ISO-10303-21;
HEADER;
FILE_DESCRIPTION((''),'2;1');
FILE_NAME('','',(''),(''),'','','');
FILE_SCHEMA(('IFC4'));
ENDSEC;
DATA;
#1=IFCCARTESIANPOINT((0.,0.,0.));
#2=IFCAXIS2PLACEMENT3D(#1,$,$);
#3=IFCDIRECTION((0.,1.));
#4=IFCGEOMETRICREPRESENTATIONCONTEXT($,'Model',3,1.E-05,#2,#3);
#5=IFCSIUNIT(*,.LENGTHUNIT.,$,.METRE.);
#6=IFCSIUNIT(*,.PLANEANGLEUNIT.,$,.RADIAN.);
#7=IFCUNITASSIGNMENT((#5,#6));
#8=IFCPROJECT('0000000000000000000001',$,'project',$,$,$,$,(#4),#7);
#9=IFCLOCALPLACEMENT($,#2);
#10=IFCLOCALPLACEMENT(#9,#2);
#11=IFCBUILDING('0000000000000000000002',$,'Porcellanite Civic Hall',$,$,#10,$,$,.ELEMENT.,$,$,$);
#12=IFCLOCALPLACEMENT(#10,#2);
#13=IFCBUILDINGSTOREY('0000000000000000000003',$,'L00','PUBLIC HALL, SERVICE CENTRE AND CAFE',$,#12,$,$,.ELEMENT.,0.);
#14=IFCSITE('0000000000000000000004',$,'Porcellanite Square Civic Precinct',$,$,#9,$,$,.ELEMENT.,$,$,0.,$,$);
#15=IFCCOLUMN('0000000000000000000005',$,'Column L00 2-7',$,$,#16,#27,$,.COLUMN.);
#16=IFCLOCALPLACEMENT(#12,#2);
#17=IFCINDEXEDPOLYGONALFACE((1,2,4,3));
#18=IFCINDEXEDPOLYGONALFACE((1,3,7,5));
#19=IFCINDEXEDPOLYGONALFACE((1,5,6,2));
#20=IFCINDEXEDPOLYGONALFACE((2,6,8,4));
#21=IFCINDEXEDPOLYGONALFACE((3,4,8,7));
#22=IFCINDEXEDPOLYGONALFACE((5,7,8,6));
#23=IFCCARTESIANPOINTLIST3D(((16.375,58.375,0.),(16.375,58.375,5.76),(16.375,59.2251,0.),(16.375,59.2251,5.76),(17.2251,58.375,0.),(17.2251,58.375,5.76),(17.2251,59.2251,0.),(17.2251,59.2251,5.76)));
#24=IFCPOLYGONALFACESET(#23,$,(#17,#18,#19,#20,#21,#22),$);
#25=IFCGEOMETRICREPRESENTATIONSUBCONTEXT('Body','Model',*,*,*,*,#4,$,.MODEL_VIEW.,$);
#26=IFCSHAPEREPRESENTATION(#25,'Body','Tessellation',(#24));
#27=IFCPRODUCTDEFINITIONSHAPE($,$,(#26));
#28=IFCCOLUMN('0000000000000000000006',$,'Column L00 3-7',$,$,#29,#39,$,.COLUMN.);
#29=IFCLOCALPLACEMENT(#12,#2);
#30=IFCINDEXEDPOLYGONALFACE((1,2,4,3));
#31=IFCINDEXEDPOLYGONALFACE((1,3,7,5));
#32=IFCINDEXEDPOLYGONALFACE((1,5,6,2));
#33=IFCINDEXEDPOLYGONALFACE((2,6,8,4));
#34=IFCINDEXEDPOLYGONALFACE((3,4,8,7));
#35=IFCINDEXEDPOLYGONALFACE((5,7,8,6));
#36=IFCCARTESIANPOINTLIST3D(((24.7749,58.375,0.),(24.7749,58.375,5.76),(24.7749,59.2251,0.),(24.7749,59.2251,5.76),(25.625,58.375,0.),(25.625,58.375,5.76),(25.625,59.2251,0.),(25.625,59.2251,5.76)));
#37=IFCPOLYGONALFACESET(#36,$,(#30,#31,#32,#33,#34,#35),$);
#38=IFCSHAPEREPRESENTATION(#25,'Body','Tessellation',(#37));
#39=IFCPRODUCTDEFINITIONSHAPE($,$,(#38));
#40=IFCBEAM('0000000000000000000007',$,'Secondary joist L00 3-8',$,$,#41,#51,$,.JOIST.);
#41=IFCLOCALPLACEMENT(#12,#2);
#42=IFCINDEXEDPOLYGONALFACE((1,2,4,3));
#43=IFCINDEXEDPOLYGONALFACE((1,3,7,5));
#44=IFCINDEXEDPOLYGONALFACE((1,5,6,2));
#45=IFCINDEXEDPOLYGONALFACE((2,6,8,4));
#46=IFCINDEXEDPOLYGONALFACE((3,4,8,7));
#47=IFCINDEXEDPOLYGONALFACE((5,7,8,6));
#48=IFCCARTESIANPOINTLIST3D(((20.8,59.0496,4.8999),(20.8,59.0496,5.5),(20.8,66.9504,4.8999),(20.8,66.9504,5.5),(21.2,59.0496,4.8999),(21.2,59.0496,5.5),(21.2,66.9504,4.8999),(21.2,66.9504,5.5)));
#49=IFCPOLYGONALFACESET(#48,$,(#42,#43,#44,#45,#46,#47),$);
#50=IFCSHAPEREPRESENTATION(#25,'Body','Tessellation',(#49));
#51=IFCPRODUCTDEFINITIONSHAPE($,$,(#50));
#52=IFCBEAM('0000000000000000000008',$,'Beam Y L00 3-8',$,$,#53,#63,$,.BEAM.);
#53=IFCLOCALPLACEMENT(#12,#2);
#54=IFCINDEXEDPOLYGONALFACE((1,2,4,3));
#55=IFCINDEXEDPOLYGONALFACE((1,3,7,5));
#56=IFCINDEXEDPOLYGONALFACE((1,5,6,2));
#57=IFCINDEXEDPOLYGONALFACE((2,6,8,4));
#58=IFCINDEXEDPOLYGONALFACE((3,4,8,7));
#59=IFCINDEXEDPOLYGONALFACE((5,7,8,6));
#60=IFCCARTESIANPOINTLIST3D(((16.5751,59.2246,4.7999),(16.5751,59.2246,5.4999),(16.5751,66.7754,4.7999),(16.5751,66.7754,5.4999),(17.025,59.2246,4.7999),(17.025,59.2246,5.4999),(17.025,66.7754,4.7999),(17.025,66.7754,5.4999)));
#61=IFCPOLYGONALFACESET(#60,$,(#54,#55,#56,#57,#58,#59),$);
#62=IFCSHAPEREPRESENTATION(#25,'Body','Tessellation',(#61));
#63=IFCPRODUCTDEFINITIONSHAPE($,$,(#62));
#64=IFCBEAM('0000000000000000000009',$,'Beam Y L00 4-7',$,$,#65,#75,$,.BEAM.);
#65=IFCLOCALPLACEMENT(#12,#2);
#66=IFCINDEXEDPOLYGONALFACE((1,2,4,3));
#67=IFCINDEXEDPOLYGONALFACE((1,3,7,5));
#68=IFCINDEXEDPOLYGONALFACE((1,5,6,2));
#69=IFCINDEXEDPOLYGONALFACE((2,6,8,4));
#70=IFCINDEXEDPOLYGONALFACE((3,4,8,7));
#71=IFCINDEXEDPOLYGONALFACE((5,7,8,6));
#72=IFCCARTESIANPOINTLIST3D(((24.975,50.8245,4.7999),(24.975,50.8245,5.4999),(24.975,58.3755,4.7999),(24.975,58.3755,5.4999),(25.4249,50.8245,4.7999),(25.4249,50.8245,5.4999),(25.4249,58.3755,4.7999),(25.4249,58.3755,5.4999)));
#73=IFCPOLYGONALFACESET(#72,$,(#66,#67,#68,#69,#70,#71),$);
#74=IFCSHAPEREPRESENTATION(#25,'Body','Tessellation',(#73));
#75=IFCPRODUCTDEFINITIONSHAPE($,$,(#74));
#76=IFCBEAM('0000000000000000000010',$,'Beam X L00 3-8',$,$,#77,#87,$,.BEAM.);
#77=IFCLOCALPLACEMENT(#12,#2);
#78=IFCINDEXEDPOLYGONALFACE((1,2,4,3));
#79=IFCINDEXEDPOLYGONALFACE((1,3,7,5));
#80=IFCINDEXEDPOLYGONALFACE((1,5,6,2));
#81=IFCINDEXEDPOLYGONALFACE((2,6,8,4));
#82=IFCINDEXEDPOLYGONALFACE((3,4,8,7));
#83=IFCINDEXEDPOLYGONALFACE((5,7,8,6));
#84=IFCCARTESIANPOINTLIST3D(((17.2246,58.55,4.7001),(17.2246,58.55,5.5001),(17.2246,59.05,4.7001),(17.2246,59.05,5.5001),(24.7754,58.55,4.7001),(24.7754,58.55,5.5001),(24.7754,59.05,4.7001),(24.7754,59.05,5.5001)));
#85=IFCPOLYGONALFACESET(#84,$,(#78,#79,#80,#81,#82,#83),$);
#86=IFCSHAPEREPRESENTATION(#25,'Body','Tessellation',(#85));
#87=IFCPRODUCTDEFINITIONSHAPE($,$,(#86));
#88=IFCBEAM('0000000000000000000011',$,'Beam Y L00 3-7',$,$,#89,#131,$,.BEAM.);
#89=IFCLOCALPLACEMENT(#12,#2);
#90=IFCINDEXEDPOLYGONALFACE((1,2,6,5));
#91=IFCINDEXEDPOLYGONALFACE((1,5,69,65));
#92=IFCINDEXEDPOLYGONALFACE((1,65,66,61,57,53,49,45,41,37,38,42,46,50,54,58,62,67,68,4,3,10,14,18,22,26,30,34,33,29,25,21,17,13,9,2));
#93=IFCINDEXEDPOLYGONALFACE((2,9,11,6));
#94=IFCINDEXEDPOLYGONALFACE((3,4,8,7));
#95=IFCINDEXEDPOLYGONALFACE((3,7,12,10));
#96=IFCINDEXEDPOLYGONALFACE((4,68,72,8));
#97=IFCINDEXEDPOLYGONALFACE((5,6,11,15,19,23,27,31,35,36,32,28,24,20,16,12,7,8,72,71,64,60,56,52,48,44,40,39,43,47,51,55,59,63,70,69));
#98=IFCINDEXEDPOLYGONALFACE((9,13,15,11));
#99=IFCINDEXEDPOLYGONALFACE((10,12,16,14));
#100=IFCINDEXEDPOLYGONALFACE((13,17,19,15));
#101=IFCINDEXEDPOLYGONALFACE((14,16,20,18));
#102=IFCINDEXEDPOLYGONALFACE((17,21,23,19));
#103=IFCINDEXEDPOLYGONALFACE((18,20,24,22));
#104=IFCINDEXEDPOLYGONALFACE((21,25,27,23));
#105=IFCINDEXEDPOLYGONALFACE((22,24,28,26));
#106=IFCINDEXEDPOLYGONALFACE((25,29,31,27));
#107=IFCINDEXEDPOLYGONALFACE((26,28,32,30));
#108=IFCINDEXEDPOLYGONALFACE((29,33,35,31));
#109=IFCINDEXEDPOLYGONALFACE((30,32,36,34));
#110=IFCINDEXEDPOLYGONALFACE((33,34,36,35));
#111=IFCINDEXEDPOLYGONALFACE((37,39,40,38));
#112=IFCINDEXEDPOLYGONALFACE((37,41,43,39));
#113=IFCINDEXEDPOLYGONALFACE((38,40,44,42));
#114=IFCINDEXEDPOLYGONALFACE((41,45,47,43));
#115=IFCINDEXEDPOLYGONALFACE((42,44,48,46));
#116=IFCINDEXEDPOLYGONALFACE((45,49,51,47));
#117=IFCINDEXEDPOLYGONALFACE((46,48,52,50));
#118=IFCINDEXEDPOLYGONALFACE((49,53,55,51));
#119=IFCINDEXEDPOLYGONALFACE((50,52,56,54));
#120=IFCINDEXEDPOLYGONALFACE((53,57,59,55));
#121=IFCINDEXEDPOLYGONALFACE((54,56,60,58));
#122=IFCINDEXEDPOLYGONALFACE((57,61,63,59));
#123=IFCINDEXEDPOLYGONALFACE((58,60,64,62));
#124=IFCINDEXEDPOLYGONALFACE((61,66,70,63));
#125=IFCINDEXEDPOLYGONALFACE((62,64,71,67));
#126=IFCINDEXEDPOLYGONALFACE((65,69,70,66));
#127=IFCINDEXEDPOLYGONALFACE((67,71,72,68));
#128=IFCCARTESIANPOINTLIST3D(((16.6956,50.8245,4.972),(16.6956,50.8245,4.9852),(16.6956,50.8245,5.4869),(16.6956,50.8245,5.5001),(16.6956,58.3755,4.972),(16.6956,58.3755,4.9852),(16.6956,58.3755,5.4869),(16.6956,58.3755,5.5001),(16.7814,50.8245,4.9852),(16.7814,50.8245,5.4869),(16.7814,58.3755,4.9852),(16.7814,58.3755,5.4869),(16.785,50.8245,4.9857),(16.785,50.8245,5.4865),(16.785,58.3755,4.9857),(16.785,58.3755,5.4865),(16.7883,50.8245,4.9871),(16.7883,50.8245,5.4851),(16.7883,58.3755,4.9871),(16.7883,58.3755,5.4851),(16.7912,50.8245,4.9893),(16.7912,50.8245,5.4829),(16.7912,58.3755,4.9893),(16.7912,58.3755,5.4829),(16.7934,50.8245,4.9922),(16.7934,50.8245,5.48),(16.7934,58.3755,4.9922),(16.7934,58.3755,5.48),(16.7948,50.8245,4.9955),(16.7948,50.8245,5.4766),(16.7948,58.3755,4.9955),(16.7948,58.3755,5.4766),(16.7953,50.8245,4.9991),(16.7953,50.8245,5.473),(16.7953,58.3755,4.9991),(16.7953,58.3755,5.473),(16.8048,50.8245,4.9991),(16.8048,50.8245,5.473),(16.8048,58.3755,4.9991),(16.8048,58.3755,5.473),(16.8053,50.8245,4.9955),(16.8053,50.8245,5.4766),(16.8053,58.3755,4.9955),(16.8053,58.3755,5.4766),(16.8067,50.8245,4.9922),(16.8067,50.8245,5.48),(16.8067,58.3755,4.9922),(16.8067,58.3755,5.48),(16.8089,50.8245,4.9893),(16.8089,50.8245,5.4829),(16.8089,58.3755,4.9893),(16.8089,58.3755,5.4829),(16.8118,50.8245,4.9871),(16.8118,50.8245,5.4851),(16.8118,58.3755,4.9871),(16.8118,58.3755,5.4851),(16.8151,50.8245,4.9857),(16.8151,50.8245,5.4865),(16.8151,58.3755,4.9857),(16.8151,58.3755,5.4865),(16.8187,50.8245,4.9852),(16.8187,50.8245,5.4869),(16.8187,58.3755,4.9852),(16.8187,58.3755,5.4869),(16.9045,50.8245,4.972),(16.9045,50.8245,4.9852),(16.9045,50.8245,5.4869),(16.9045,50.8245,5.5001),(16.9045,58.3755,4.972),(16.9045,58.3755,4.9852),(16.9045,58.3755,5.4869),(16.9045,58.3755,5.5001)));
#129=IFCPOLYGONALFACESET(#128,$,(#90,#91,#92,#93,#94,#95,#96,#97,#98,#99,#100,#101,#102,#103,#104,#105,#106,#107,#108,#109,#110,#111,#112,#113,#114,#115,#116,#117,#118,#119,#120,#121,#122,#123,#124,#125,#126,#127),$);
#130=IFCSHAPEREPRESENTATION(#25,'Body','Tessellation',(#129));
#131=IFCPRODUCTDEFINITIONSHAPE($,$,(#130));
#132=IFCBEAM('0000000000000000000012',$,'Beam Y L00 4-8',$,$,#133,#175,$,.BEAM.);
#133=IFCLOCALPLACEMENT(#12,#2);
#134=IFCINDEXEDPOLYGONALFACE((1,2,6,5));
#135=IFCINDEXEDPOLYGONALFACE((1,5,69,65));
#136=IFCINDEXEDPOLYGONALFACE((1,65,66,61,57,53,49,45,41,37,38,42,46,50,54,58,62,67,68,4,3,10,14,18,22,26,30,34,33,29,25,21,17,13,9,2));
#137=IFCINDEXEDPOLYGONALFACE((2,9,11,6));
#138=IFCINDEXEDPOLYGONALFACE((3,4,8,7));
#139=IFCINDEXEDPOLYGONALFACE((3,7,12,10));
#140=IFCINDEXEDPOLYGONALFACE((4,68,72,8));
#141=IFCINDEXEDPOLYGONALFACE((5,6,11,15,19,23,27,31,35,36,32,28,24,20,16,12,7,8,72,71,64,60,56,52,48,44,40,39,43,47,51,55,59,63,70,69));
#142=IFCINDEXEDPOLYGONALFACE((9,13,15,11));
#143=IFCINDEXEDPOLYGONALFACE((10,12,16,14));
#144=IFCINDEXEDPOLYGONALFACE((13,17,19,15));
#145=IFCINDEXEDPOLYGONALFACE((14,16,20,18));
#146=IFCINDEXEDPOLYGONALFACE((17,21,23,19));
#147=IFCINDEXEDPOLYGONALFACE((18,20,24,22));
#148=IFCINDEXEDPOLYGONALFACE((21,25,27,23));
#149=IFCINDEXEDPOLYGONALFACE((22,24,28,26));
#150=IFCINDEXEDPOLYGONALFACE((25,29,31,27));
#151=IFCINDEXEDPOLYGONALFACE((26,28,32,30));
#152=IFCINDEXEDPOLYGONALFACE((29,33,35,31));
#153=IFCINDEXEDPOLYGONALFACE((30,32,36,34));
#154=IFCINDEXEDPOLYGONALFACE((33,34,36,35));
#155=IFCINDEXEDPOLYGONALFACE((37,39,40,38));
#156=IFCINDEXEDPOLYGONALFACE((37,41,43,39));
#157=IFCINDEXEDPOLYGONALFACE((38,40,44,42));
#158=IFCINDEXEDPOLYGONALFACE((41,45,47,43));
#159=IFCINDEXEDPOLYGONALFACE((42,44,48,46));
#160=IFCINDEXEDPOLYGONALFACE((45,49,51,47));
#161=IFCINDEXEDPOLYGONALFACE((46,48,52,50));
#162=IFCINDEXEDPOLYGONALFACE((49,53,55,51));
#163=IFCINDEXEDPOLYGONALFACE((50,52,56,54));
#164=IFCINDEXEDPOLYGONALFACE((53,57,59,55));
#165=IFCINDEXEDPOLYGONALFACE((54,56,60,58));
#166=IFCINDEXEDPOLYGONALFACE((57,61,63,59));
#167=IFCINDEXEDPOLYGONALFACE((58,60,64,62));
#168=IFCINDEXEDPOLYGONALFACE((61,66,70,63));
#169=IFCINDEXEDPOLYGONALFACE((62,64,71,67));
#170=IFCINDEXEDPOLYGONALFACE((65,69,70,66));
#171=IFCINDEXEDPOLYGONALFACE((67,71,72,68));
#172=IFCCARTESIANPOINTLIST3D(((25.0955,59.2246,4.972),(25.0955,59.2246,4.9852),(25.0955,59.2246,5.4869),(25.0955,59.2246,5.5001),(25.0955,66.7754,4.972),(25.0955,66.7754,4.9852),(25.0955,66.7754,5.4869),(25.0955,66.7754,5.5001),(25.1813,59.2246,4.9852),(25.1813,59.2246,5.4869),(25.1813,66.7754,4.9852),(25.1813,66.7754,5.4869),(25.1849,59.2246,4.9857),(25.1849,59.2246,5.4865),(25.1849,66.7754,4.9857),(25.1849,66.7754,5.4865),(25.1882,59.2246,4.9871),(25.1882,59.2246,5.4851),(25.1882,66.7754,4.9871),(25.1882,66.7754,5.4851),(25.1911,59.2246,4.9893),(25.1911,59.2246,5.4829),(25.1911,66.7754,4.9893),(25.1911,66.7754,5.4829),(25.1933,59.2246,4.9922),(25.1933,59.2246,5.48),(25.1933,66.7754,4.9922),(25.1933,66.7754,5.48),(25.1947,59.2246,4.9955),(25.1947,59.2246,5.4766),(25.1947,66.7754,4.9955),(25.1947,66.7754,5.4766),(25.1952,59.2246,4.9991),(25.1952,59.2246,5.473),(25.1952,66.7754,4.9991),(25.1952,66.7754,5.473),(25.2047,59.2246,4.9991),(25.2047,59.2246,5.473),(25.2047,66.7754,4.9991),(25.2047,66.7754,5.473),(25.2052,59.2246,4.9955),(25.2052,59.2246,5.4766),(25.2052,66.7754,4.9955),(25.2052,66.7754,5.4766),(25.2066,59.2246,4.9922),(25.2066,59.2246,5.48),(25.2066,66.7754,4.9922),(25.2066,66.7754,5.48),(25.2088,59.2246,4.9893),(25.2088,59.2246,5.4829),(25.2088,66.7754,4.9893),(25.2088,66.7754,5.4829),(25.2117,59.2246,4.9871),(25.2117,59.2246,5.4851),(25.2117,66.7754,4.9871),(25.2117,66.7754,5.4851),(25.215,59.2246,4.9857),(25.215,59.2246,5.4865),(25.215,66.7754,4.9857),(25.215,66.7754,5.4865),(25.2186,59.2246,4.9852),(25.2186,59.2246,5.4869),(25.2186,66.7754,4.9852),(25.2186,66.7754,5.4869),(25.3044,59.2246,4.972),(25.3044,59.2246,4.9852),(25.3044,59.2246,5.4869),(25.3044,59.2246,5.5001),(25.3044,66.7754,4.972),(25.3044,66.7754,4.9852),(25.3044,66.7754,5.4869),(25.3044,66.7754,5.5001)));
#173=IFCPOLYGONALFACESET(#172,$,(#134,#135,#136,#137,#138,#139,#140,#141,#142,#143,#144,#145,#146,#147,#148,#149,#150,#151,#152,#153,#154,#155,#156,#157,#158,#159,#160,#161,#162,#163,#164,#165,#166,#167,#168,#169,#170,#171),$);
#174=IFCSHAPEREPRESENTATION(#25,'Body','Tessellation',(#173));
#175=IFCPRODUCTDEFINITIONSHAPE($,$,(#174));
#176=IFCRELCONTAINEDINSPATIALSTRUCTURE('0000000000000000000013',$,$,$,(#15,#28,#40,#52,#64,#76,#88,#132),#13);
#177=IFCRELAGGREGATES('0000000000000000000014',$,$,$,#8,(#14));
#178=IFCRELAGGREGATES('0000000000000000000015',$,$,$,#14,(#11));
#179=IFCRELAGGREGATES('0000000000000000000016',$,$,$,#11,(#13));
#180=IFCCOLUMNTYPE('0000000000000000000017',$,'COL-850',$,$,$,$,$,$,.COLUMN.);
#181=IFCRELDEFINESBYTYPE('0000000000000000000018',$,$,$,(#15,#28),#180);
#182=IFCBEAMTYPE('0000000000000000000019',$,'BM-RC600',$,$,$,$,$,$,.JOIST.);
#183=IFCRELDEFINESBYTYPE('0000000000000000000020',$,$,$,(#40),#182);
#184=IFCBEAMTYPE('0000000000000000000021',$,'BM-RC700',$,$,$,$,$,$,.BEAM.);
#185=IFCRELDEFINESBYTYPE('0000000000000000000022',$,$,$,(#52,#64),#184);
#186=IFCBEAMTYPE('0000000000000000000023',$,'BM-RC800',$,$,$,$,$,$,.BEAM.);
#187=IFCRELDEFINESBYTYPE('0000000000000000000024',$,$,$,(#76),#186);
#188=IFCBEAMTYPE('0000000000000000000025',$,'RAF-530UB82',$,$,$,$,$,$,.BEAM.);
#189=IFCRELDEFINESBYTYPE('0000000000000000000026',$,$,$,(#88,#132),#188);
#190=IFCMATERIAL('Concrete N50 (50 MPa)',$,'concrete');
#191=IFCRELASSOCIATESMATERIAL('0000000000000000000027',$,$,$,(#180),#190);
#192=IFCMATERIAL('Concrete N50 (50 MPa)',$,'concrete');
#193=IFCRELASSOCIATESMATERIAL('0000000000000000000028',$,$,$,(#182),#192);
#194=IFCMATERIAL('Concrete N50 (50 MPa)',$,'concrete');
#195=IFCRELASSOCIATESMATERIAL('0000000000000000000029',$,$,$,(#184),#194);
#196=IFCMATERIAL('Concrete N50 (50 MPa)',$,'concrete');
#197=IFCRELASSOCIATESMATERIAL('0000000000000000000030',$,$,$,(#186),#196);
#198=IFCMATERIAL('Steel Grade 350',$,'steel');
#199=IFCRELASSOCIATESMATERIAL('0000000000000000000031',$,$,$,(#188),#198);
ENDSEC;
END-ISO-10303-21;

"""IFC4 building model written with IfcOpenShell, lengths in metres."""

from ifc_helpers import new_model, si_unit, direction, frame, origin, origin_2d, place, context, subcontext, project, spatial, rectangle, i_section, extrude, material, material_profile, profile_set, type_object, element, save


model = new_model("IFC4")

# Units and contexts
model_context = context("Model", 3, precision=1e-05, world=origin(), true_north=direction((0.0, 1.0)))
body_context = subcontext(model_context, "Body", "Model", "MODEL_VIEW")
ifc_project = project(units=[si_unit("LENGTHUNIT", "METRE"), si_unit("PLANEANGLEUNIT", "RADIAN")], contexts=[model_context])

# Site, building, storey
site_placement = place(None, origin())
site = spatial("IfcSite", under=ifc_project, at=site_placement, Name="Porcellanite Square Civic Precinct", CompositionType="ELEMENT", RefElevation=0.0)
building_placement = place(site_placement, origin())
building = spatial("IfcBuilding", under=site, at=building_placement, Name="Porcellanite Civic Hall", CompositionType="ELEMENT")
storey_placement = place(building_placement, origin())
storey = spatial("IfcBuildingStorey", under=building, at=storey_placement, Name="L00", Description="PUBLIC HALL, SERVICE CENTRE AND CAFE", CompositionType="ELEMENT", Elevation=0.0)

# Columns
ifc_material_1 = material(Name="Concrete N50 (50 MPa)", Category="concrete")
ifc_material_profile_1 = material_profile(ifc_material_1, rectangle(XDim=0.8501, YDim=0.8501, at=origin_2d()), Name="RC-850x850")
ifc_profile_set_1 = profile_set([ifc_material_profile_1], Name="Concrete N50 (50 MPa)")
column_type = type_object("IfcColumnType", Name="COL-850", PredefinedType="COLUMN", material=ifc_profile_set_1)
for number, where, z_axis, x_axis, name in (
    (1, (16.8, 58.8, 0.0), (0.0, 0.0, 1.0), (1.0, 0.0, 0.0), "Column L00 2-7"),
    (2, (25.2, 58.8, 0.0), (0.0, 0.0, 1.0), (1.0, 0.0, 0.0), "Column L00 3-7"),
):
    element("IfcColumn", number, at=place(storey_placement, frame(where, z_axis=z_axis, x_axis=x_axis)), inside=storey, type_object=column_type, Name=name, PredefinedType="COLUMN", context=body_context, shape_type="SweptSolid", body=[
        extrude(rectangle(XDim=0.8501, YDim=0.8501, at=origin_2d()), origin(), (0.0, 0.0, 1.0), 5.76),
    ])

# Beams
ifc_material_2 = material(Name="Concrete N50 (50 MPa)", Category="concrete")
ifc_material_profile_2 = material_profile(ifc_material_2, rectangle(XDim=0.3999, YDim=0.6001, at=origin_2d()), Name="RC-400x600")
ifc_profile_set_2 = profile_set([ifc_material_profile_2], Name="Concrete N50 (50 MPa)")
beam_type_1 = type_object("IfcBeamType", Name="BM-RC600", PredefinedType="JOIST", material=ifc_profile_set_2)
beam_1_placement = place(storey_placement, frame((21.0, 59.0496, 5.2), z_axis=(0.0, 1.0, 0.0), x_axis=(-1.0, 0.0, 0.0)))
element("IfcBeam", 3, at=beam_1_placement, inside=storey, type_object=beam_type_1, Name="Secondary joist L00 3-8", PredefinedType="JOIST", context=body_context, shape_type="SweptSolid", body=[
    extrude(rectangle(XDim=0.3999, YDim=0.6001, at=origin_2d()), origin(), (0.0, 0.0, 1.0), 7.9009),
])
ifc_material_3 = material(Name="Concrete N50 (50 MPa)", Category="concrete")
ifc_material_profile_3 = material_profile(ifc_material_3, rectangle(XDim=0.45, YDim=0.7, at=origin_2d()), Name="RC-450x700")
ifc_profile_set_3 = profile_set([ifc_material_profile_3], Name="Concrete N50 (50 MPa)")
beam_type_2 = type_object("IfcBeamType", Name="BM-RC700", PredefinedType="BEAM", material=ifc_profile_set_3)
beam_2_placement = place(storey_placement, frame((16.8, 59.2246, 5.1499), z_axis=(0.0, 1.0, 0.0), x_axis=(-1.0, 0.0, 0.0)))
element("IfcBeam", 4, at=beam_2_placement, inside=storey, type_object=beam_type_2, Name="Beam Y L00 3-8", PredefinedType="BEAM", context=body_context, shape_type="SweptSolid", body=[
    extrude(rectangle(XDim=0.45, YDim=0.7, at=origin_2d()), origin(), (0.0, 0.0, 1.0), 7.5508),
])
beam_3_placement = place(storey_placement, frame((25.2, 50.8245, 5.1499), z_axis=(0.0, 1.0, 0.0), x_axis=(-1.0, 0.0, 0.0)))
element("IfcBeam", 5, at=beam_3_placement, inside=storey, type_object=beam_type_2, Name="Beam Y L00 4-7", PredefinedType="BEAM", context=body_context, shape_type="SweptSolid", body=[
    extrude(rectangle(XDim=0.45, YDim=0.7, at=origin_2d()), origin(), (0.0, 0.0, 1.0), 7.551),
])
ifc_material_4 = material(Name="Concrete N50 (50 MPa)", Category="concrete")
ifc_material_profile_4 = material_profile(ifc_material_4, rectangle(XDim=0.5, YDim=0.8, at=origin_2d()), Name="RC-500x800")
ifc_profile_set_4 = profile_set([ifc_material_profile_4], Name="Concrete N50 (50 MPa)")
beam_type_3 = type_object("IfcBeamType", Name="BM-RC800", PredefinedType="BEAM", material=ifc_profile_set_4)
beam_4_placement = place(storey_placement, frame((17.2246, 58.8, 5.1001), z_axis=(1.0, 0.0, 0.0), x_axis=(0.0, 1.0, 0.0)))
element("IfcBeam", 6, at=beam_4_placement, inside=storey, type_object=beam_type_3, Name="Beam X L00 3-8", PredefinedType="BEAM", context=body_context, shape_type="SweptSolid", body=[
    extrude(rectangle(XDim=0.5, YDim=0.8, at=origin_2d()), origin(), (0.0, 0.0, 1.0), 7.5508),
])
ifc_material_5 = material(Name="Steel Grade 350", Category="steel")
ifc_material_profile_5 = material_profile(ifc_material_5, i_section(OverallWidth=0.209, OverallDepth=0.5281, WebThickness=0.0095, FlangeThickness=0.0132, FilletRadius=0.0139, at=origin_2d()), Name="530UB82.0")
ifc_profile_set_5 = profile_set([ifc_material_profile_5], Name="Steel Grade 350")
beam_type_4 = type_object("IfcBeamType", Name="RAF-530UB82", PredefinedType="BEAM", material=ifc_profile_set_5)
beam_5_placement = place(storey_placement, frame((16.8, 50.8245, 5.2361), z_axis=(0.0, 1.0, 0.0), x_axis=(-1.0, 0.0, 0.0)))
element("IfcBeam", 7, at=beam_5_placement, inside=storey, type_object=beam_type_4, Name="Beam Y L00 3-7", PredefinedType="BEAM", context=body_context, shape_type="SweptSolid", body=[
    extrude(i_section(OverallWidth=0.209, OverallDepth=0.5281, WebThickness=0.0095, FlangeThickness=0.0132, FilletRadius=0.0139, at=origin_2d()), origin(), (0.0, 0.0, 1.0), 7.551),
])
beam_6_placement = place(storey_placement, frame((25.2, 59.2246, 5.2361), z_axis=(0.0, 1.0, 0.0), x_axis=(-1.0, 0.0, 0.0)))
element("IfcBeam", 8, at=beam_6_placement, inside=storey, type_object=beam_type_4, Name="Beam Y L00 4-8", PredefinedType="BEAM", context=body_context, shape_type="SweptSolid", body=[
    extrude(i_section(OverallWidth=0.209, OverallDepth=0.5281, WebThickness=0.0095, FlangeThickness=0.0132, FilletRadius=0.0139, at=origin_2d()), origin(), (0.0, 0.0, 1.0), 7.5508),
])

save(model, "model.ifc")
